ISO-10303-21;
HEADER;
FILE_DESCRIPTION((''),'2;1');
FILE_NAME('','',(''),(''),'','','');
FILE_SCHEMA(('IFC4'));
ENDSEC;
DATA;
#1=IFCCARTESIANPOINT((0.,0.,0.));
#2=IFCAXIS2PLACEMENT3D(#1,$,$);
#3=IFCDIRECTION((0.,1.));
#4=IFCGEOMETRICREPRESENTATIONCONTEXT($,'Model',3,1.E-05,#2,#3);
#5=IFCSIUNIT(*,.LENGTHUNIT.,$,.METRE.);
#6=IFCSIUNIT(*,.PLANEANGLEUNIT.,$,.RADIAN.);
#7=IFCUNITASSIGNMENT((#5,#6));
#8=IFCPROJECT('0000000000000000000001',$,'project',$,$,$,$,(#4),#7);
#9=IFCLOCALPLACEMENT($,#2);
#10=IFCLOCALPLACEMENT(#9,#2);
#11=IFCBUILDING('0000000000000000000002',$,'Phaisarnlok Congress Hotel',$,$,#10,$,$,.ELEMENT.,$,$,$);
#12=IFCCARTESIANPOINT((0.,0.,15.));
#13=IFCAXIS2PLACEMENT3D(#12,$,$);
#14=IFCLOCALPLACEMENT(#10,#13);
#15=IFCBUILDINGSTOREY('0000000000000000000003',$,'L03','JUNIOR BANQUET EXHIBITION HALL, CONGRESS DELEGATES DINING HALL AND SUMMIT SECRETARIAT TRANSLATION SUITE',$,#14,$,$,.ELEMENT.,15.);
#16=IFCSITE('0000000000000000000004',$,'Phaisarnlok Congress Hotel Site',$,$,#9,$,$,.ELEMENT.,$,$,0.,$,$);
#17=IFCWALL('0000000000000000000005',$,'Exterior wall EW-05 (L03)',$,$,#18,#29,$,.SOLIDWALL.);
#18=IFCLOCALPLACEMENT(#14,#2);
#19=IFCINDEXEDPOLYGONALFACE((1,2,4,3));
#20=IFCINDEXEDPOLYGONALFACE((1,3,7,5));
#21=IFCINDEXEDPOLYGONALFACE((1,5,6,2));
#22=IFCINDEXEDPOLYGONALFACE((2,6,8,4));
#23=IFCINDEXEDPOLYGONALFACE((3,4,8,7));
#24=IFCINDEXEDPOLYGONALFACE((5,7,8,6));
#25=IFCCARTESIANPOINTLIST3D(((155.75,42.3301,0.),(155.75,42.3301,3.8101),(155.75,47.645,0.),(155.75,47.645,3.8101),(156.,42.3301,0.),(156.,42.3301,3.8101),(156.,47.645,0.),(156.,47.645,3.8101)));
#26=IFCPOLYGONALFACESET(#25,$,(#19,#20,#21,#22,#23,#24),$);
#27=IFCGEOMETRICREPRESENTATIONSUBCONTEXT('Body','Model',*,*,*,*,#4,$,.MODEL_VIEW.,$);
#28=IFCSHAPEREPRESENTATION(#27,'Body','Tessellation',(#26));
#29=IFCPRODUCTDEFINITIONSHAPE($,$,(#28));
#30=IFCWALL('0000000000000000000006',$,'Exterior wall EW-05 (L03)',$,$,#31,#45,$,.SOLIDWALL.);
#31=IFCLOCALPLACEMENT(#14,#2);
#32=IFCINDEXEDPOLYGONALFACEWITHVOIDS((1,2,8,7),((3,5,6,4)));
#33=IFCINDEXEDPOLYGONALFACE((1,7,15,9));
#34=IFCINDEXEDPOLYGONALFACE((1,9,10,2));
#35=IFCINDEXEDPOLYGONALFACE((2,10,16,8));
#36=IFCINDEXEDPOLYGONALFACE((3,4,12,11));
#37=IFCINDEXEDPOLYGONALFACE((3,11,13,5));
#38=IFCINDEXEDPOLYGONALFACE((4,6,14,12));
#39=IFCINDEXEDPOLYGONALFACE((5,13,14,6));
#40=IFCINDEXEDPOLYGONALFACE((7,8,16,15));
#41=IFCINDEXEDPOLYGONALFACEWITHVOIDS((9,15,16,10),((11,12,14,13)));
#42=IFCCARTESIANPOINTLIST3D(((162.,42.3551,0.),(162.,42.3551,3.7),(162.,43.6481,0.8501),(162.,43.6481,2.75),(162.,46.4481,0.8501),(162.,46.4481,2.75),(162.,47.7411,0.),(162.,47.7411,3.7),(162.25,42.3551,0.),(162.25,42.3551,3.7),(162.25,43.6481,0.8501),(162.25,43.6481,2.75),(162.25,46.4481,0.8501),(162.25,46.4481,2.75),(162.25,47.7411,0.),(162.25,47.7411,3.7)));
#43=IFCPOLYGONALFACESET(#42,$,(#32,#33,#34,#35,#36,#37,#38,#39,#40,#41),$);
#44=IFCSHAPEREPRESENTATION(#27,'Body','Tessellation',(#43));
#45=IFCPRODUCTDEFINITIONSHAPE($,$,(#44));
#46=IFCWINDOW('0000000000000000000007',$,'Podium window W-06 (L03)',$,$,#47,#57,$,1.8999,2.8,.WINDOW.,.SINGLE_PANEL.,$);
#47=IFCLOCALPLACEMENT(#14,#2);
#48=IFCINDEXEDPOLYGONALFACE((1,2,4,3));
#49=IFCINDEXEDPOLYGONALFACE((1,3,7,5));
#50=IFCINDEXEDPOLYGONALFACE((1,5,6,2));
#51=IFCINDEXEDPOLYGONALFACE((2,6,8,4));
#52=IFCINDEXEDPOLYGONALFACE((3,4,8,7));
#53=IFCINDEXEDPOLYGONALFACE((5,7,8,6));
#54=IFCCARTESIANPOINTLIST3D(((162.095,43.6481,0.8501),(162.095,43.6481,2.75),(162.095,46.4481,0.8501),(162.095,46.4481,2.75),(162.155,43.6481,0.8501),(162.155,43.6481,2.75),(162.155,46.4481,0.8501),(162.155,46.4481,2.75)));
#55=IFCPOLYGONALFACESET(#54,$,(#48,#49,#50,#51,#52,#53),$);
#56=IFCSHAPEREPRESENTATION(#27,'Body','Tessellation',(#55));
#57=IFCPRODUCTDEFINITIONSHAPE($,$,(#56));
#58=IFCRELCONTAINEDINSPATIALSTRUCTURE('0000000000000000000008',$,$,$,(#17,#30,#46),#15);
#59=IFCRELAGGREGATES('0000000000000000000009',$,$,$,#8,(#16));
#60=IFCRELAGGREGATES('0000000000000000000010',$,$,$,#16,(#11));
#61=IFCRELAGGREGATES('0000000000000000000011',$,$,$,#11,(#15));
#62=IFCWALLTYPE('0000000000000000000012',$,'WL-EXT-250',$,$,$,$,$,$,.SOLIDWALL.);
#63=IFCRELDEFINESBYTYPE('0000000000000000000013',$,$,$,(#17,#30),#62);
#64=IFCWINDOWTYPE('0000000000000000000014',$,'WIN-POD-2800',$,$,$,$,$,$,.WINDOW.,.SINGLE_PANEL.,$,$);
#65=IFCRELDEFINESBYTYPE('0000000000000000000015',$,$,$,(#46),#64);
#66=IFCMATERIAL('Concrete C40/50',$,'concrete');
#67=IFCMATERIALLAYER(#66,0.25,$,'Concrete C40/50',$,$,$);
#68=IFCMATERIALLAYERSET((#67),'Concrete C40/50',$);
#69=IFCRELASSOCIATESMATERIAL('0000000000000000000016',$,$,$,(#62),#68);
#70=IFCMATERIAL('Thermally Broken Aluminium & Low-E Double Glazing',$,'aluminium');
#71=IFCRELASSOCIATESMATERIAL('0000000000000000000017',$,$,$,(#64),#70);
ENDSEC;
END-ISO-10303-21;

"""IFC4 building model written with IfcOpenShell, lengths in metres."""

from ifc_helpers import new_model, si_unit, direction, frame, frame_2d, origin, place, context, subcontext, project, spatial, rectangle, extrude, material, layer, layer_set, type_object, element, fill, save


model = new_model("IFC4")

# Units and contexts
model_context = context("Model", 3, precision=1e-05, world=origin(), true_north=direction((0.0, 1.0)))
body_context = subcontext(model_context, "Body", "Model", "MODEL_VIEW")
ifc_project = project(units=[si_unit("LENGTHUNIT", "METRE"), si_unit("PLANEANGLEUNIT", "RADIAN")], contexts=[model_context])

# Site, building, storey
site_placement = place(None, origin())
site = spatial("IfcSite", under=ifc_project, at=site_placement, Name="Phaisarnlok Congress Hotel Site", CompositionType="ELEMENT", RefElevation=0.0)
building_placement = place(site_placement, origin())
building = spatial("IfcBuilding", under=site, at=building_placement, Name="Phaisarnlok Congress Hotel", CompositionType="ELEMENT")
storey_placement = place(building_placement, frame((0.0, 0.0, 15.0)))
storey = spatial("IfcBuildingStorey", under=building, at=storey_placement, Name="L03", Description="JUNIOR BANQUET EXHIBITION HALL, CONGRESS DELEGATES DINING HALL AND SUMMIT SECRETARIAT TRANSLATION SUITE", CompositionType="ELEMENT", Elevation=15.0)

# Shared definitions
ifc_material_1 = material(Name="Concrete C40/50", Category="concrete")

# Wall
ifc_layer_1 = layer(ifc_material_1, 0.25, Name="Concrete C40/50")
ifc_layer_set_1 = layer_set([ifc_layer_1], Name="Concrete C40/50")
wall_type_1 = type_object("IfcWallType", Name="WL-EXT-250", PredefinedType="SOLIDWALL", material=ifc_layer_set_1)
wall_1_placement = place(storey_placement, frame((155.875, 42.3301, 0.0), z_axis=(0.0, 0.0, 1.0), x_axis=(0.0, 1.0, 0.0)))
element("IfcWall", 1, at=wall_1_placement, inside=storey, type_object=wall_type_1, Name="Exterior wall EW-05 (L03)", PredefinedType="SOLIDWALL", context=body_context, shape_type="SweptSolid", body=[
    extrude(rectangle(XDim=5.3149, YDim=0.25, at=frame_2d((2.6575, 0.0))), origin(), (0.0, 0.0, 1.0), 3.8101),
])

# Wall, opening, window
wall_2_placement = place(storey_placement, frame((162.125, 47.741, 0.0), z_axis=(0.0, 0.0, 1.0), x_axis=(0.0, -1.0, 0.0)))
wall_2 = element("IfcWall", 2, at=wall_2_placement, inside=storey, type_object=wall_type_1, Name="Exterior wall EW-05 (L03)", PredefinedType="SOLIDWALL", context=body_context, shape_type="SweptSolid", body=[
    extrude(rectangle(XDim=5.386, YDim=0.25, at=frame_2d((2.6929, 0.0))), origin(), (0.0, 0.0, 1.0), 3.7),
])
opening_placement = place(wall_2_placement, frame((1.293, 0.0, 0.8501)))
opening = element("IfcOpeningElement", 3, at=opening_placement, cuts=wall_2, PredefinedType="OPENING", context=body_context, shape_type="SweptSolid", body=[
    extrude(rectangle(XDim=2.8, YDim=1.8999, at=frame_2d((1.3999, 0.95))), frame((0.0, 0.135, 0.0), z_axis=(0.0, -1.0, 0.0), x_axis=(1.0, 0.0, 0.0)), (0.0, 0.0, 1.0), 0.27),
])
ifc_material_2 = material(Name="Thermally Broken Aluminium & Low-E Double Glazing", Category="aluminium")
window_type = type_object("IfcWindowType", Name="WIN-POD-2800", PartitioningType="SINGLE_PANEL", PredefinedType="WINDOW", material=ifc_material_2)
window_placement = place(opening_placement, origin())
window = element("IfcWindow", 4, at=window_placement, inside=storey, type_object=window_type, Name="Podium window W-06 (L03)", OverallHeight=1.8999, OverallWidth=2.8, PartitioningType="SINGLE_PANEL", PredefinedType="WINDOW", context=body_context, shape_type="SweptSolid", body=[
    extrude(rectangle(XDim=2.8, YDim=1.8999, at=frame_2d((1.3999, 0.95))), frame((0.0, 0.03, 0.0), z_axis=(0.0, -1.0, 0.0), x_axis=(1.0, 0.0, 0.0)), (0.0, 0.0, 1.0), 0.0601),
])
fill(opening, window)

save(model, "model.ifc")
